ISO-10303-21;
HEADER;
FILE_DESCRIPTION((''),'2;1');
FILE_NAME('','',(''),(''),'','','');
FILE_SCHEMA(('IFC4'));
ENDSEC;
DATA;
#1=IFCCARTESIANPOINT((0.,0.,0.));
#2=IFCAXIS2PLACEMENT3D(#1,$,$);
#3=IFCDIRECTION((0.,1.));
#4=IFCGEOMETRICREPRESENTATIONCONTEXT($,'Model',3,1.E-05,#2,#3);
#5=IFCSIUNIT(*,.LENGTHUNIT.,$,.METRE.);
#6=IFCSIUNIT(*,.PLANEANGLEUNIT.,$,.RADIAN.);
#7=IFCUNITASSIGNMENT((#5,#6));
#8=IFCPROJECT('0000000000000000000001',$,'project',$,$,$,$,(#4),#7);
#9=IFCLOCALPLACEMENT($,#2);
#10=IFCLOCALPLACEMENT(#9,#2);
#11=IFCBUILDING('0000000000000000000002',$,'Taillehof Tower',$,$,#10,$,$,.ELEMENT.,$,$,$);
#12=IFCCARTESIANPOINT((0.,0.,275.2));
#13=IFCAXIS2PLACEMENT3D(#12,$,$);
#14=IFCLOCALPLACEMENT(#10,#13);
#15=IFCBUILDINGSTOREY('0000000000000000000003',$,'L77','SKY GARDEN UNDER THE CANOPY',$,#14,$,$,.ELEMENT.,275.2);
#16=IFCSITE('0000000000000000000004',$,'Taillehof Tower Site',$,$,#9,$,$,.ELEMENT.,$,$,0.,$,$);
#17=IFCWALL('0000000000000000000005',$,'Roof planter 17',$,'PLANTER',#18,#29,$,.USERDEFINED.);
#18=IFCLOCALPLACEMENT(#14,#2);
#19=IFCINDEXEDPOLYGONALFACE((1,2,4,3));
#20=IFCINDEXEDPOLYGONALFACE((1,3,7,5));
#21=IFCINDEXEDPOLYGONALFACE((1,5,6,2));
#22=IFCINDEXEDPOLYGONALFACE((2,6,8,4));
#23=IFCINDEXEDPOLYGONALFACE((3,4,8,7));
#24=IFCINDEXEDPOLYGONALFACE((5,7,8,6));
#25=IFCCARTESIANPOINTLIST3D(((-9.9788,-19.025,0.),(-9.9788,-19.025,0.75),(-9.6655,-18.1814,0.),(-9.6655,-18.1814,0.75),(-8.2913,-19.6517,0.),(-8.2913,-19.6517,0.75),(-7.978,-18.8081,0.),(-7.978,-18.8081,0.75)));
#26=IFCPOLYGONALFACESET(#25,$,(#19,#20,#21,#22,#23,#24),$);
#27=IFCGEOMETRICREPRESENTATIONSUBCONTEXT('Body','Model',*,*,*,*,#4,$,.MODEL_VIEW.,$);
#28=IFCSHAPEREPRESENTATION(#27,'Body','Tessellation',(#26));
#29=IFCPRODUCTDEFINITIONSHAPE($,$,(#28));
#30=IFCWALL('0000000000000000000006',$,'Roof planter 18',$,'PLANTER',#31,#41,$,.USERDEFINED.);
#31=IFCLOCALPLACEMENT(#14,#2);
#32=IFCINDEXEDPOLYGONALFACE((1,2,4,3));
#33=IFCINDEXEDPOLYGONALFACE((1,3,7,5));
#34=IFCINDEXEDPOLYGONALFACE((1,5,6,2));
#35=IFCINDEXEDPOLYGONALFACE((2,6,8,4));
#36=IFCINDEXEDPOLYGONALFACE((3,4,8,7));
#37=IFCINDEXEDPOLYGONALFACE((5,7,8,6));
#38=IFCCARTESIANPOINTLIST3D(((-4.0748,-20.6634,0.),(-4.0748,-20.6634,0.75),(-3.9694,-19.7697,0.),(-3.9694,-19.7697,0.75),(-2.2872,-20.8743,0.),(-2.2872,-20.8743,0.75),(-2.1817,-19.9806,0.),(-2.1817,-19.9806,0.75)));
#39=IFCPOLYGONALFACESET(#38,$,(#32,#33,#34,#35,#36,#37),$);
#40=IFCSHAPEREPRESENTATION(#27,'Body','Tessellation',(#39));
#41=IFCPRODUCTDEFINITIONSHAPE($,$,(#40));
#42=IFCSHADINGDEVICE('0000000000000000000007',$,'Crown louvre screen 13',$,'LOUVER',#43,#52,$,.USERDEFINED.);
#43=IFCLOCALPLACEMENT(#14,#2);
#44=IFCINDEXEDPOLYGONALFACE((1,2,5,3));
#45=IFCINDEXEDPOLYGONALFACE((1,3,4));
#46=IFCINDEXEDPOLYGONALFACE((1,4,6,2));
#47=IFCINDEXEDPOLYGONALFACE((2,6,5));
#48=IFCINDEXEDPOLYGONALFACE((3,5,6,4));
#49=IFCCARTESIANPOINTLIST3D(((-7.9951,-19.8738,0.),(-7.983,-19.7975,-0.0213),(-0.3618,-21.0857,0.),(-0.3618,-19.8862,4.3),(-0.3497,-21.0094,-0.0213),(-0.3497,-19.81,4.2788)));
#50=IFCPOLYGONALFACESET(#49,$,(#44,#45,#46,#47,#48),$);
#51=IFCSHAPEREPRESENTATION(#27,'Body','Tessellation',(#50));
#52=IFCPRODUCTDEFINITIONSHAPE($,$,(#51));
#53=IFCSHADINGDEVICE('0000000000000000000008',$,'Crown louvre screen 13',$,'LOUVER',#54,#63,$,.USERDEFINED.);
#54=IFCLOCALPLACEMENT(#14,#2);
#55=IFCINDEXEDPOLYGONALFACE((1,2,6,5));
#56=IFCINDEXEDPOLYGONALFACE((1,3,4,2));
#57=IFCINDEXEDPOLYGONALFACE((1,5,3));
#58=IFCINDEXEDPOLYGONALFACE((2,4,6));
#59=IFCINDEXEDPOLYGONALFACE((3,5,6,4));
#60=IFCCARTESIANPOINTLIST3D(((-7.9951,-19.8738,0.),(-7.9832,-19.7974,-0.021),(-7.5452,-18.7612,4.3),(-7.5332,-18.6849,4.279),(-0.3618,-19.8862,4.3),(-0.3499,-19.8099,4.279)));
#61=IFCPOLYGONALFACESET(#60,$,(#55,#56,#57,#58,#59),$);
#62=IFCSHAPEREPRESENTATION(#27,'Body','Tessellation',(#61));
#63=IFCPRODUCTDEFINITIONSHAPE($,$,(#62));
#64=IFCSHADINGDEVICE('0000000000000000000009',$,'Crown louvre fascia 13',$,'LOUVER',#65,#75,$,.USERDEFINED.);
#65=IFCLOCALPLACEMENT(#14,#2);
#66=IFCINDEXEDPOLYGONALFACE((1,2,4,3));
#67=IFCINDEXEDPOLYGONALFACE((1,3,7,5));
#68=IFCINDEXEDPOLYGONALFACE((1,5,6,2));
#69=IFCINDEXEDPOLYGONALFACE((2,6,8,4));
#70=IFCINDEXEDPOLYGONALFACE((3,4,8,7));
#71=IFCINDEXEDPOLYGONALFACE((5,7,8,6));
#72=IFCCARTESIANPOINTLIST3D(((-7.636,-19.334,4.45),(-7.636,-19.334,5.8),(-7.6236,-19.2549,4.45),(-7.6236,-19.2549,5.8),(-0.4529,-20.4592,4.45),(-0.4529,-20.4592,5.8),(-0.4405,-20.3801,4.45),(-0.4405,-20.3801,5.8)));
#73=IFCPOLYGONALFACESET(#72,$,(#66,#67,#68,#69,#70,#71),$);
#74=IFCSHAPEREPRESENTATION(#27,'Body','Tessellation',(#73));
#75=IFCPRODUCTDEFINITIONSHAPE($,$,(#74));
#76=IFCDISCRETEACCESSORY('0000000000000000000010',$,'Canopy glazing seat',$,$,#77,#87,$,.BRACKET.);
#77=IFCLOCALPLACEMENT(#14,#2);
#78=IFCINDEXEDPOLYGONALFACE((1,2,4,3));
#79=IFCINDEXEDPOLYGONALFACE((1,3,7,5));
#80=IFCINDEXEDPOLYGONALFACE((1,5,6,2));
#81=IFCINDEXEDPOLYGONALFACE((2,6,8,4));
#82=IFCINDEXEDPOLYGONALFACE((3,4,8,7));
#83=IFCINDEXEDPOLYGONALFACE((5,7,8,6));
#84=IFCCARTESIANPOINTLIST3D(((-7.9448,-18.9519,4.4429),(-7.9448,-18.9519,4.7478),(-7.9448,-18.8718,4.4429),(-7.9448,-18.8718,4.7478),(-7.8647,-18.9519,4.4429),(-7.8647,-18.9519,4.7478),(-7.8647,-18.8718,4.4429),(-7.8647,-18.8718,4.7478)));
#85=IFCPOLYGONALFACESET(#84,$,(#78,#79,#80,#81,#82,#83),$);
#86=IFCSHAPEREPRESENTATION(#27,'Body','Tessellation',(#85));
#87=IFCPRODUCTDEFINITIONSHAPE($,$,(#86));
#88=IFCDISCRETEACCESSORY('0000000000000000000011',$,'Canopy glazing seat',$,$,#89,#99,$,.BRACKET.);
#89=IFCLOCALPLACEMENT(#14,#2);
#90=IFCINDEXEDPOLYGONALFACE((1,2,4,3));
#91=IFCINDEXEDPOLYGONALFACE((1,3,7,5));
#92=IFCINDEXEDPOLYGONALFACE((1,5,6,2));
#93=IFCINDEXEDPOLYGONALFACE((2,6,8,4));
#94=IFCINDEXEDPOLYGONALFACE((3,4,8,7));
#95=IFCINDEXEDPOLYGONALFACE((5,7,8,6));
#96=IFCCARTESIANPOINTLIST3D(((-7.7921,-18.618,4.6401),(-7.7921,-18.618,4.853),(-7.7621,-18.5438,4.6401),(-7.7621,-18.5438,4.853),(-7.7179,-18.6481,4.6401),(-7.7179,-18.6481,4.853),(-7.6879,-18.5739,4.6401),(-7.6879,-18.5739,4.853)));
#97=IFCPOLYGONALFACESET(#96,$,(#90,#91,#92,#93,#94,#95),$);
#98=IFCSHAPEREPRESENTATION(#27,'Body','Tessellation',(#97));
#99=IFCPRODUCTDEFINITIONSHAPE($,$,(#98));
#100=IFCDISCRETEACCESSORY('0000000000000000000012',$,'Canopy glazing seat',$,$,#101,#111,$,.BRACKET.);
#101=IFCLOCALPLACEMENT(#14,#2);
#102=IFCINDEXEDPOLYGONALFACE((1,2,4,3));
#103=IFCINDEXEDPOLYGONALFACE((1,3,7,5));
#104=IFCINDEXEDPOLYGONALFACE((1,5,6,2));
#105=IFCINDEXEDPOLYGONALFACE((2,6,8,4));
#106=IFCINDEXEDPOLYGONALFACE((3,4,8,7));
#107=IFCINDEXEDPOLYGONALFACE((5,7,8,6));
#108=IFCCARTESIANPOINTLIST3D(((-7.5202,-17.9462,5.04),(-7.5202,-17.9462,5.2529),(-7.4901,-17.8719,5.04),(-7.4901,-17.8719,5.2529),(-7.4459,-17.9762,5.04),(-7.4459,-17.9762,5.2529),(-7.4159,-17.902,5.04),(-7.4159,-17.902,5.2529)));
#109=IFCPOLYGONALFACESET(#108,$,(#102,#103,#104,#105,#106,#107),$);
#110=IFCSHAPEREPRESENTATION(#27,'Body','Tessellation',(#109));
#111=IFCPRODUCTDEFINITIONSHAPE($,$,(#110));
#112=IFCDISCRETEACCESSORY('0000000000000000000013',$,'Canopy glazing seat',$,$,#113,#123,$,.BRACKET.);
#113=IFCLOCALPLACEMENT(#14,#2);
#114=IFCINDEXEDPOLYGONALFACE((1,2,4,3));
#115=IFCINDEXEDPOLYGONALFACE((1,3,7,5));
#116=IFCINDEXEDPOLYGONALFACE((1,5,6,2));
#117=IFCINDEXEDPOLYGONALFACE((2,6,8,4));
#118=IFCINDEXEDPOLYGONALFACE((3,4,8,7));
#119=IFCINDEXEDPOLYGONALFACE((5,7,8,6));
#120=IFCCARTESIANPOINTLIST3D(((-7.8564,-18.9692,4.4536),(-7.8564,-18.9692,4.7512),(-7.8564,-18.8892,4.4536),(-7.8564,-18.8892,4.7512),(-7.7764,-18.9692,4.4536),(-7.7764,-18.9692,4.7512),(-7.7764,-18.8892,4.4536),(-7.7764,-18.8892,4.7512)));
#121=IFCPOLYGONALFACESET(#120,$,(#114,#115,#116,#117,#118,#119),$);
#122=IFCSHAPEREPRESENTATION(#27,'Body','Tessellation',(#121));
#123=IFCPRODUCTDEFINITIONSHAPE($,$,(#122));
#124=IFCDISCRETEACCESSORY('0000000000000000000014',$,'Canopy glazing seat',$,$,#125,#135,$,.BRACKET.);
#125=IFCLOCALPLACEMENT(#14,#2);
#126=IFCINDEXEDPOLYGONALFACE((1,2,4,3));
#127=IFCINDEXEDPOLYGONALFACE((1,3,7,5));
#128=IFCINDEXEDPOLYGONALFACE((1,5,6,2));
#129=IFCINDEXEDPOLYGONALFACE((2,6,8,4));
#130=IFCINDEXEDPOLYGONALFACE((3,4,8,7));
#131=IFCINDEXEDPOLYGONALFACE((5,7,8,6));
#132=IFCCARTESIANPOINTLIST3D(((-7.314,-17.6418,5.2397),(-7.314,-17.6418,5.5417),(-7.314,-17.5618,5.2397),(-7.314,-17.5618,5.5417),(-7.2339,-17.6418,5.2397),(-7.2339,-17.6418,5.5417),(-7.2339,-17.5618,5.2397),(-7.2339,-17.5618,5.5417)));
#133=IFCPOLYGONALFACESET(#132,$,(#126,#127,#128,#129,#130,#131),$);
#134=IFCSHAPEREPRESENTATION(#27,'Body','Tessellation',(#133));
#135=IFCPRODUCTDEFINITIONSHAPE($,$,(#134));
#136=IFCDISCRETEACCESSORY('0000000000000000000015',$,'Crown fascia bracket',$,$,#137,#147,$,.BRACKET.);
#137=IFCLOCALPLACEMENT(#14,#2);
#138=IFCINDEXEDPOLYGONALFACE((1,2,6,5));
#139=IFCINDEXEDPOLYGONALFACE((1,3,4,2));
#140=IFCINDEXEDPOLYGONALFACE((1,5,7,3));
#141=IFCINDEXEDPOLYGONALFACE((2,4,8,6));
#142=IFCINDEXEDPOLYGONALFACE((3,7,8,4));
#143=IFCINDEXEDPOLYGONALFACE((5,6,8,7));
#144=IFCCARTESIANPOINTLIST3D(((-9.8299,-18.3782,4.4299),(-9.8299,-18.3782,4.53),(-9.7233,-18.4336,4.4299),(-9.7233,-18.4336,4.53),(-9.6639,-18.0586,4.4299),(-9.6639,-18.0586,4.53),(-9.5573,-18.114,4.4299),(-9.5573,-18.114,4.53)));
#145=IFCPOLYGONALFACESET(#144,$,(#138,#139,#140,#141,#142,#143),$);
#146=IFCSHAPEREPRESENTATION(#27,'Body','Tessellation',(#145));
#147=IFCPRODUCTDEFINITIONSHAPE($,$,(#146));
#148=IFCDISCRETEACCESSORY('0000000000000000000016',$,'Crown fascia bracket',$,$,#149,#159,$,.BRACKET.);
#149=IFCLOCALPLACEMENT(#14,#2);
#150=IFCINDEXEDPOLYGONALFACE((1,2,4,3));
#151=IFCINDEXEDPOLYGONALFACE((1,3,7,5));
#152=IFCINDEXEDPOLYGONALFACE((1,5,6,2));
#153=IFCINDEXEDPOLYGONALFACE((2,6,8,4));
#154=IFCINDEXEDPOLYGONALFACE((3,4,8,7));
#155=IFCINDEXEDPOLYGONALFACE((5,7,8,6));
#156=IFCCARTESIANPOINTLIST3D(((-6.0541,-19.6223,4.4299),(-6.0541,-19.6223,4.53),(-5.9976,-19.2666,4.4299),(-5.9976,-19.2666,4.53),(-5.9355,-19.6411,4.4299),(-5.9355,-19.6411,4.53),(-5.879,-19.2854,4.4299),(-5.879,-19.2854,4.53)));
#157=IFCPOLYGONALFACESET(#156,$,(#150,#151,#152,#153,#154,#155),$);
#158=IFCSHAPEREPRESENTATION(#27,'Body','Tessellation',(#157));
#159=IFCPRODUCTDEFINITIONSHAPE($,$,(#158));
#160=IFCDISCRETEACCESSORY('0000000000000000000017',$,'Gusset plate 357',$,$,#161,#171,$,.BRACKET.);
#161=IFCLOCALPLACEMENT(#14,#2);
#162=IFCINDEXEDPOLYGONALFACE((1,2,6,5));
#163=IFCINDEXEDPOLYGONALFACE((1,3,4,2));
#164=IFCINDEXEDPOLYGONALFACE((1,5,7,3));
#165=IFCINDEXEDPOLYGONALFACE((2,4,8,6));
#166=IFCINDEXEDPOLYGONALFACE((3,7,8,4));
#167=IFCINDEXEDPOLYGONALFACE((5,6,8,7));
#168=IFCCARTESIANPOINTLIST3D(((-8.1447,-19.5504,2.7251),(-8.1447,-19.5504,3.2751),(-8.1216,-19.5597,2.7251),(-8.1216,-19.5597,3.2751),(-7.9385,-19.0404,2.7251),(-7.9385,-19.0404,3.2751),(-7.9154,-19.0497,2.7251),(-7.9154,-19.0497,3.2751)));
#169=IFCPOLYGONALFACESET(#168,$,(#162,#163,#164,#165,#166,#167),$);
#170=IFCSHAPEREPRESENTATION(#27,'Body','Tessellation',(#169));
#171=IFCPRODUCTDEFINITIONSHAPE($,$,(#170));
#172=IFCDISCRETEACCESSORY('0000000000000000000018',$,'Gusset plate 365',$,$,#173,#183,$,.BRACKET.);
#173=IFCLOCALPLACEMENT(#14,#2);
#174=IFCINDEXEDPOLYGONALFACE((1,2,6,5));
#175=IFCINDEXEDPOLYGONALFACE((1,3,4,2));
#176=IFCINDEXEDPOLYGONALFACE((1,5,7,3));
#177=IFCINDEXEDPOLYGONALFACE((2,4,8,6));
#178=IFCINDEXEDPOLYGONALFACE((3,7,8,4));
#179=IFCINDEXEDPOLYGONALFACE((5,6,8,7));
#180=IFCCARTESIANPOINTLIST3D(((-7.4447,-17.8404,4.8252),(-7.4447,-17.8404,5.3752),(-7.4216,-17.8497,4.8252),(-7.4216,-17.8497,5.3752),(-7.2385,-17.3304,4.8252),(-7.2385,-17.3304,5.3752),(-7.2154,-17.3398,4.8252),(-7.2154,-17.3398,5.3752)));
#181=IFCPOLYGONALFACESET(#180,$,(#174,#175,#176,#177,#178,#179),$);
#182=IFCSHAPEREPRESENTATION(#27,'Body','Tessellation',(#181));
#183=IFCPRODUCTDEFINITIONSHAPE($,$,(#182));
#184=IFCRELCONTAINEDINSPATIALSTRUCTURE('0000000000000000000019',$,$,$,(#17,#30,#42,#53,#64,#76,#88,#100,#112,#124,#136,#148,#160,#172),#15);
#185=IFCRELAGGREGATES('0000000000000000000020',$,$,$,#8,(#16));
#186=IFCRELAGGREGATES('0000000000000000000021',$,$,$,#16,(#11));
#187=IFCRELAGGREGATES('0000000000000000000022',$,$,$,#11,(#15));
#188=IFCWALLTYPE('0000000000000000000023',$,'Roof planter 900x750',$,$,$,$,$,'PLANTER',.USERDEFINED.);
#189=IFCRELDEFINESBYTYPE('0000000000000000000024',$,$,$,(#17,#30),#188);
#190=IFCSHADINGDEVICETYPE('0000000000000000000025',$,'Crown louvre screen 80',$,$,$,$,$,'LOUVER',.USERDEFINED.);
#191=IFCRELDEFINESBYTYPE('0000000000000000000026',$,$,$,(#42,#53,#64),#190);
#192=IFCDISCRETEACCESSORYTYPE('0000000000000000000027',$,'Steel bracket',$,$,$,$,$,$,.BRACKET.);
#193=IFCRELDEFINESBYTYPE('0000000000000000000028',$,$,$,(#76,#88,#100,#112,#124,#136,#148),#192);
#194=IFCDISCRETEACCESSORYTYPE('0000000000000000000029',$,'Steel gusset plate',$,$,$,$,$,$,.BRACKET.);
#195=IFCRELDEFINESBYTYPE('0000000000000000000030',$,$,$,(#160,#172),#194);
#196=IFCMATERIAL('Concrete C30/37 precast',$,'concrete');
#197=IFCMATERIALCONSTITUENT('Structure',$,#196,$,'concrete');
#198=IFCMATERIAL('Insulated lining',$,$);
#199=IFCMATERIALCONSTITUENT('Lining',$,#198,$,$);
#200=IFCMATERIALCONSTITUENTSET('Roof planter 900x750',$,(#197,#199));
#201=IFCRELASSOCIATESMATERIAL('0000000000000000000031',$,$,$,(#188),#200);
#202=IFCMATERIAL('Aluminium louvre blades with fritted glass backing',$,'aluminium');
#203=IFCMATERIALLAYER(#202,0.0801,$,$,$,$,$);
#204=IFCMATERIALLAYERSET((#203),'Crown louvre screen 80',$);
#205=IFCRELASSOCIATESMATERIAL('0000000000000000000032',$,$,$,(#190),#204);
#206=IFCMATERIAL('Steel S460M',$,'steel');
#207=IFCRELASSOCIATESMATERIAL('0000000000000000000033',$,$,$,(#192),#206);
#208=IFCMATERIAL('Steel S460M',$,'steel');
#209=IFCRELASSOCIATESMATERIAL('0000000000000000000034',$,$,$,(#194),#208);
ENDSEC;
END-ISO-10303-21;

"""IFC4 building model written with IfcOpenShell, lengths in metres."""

from ifc_helpers import new_model, si_unit, direction, frame, frame_2d, origin, origin_2d, place, context, subcontext, project, spatial, polyline, rectangle, outline, extrude, material, layer, layer_set, constituent, constituent_set, type_object, element, save


model = new_model("IFC4")

# Units and contexts
model_context = context("Model", 3, precision=1e-05, world=origin(), true_north=direction((0.0, 1.0)))
body_context = subcontext(model_context, "Body", "Model", "MODEL_VIEW")
ifc_project = project(units=[si_unit("LENGTHUNIT", "METRE"), si_unit("PLANEANGLEUNIT", "RADIAN")], contexts=[model_context])

# Site, building, storey
site_placement = place(None, origin())
site = spatial("IfcSite", under=ifc_project, at=site_placement, Name="Taillehof Tower Site", CompositionType="ELEMENT", RefElevation=0.0)
building_placement = place(site_placement, origin())
building = spatial("IfcBuilding", under=site, at=building_placement, Name="Taillehof Tower", CompositionType="ELEMENT")
storey_placement = place(building_placement, frame((0.0, 0.0, 275.2)))
storey = spatial("IfcBuildingStorey", under=building, at=storey_placement, Name="L77", Description="SKY GARDEN UNDER THE CANOPY", CompositionType="ELEMENT", Elevation=275.2)

# Walls
ifc_material_1 = material(Name="Concrete C30/37 precast", Category="concrete")
ifc_constituent_1 = constituent(ifc_material_1, Name="Structure", Category="concrete")
ifc_material_2 = material(Name="Insulated lining")
ifc_constituent_2 = constituent(ifc_material_2, Name="Lining")
ifc_constituent_set_1 = constituent_set(constituents=[ifc_constituent_1, ifc_constituent_2], Name="Roof planter 900x750")
wall_type_1 = type_object("IfcWallType", Name="Roof planter 900x750", ElementType="PLANTER", PredefinedType="USERDEFINED", material=ifc_constituent_set_1)
for number, where, z_axis, x_axis, name in (
    (1, (-9.822, -18.6033, 0.0), (0.0, 0.0, 1.0), (0.937439, -0.348149, 0.0), "Roof planter 17"),
    (2, (-4.022, -20.2166, 0.0), (0.0, 0.0, 1.0), (0.99311, -0.117187, 0.0), "Roof planter 18"),
):
    element("IfcWall", number, at=place(storey_placement, frame(where, z_axis=z_axis, x_axis=x_axis)), inside=storey, type_object=wall_type_1, Name=name, ObjectType="PLANTER", PredefinedType="USERDEFINED", context=body_context, shape_type="SweptSolid", body=[
        extrude(rectangle(XDim=1.8, YDim=0.8999, at=frame_2d((0.8999, 0.0))), origin(), (0.0, 0.0, 1.0), 0.75),
    ])

# Shading devices
ifc_material_3 = material(Name="Aluminium louvre blades with fritted glass backing", Category="aluminium")
ifc_layer_1 = layer(ifc_material_3, 0.0801)
ifc_layer_set_1 = layer_set([ifc_layer_1], Name="Crown louvre screen 80")
shading_device_type = type_object("IfcShadingDeviceType", Name="Crown louvre screen 80", ElementType="LOUVER", PredefinedType="USERDEFINED", material=ifc_layer_set_1)
shading_device_1_placement = place(storey_placement, frame((-7.9951, -19.8738, 0.0), z_axis=(-0.151171, -0.952158, 0.265597), x_axis=(0.98763, -0.156803, 0.0)))
element("IfcShadingDevice", 3, at=shading_device_1_placement, inside=storey, type_object=shading_device_type, Name="Crown louvre screen 13", ObjectType="LOUVER", PredefinedType="USERDEFINED", context=body_context, shape_type="SweptSolid", body=[
    extrude(outline(polyline([(0.0, 0.0), (7.7289, 0.0), (7.5408, 4.4602), (0.0, 0.0)])), origin(), (0.0, 0.0, -1.0), 0.0801),
])
shading_device_2_placement = place(storey_placement, frame((-7.9951, -19.8738, 0.0), z_axis=(-0.149309, -0.953369, 0.262288), x_axis=(0.871266, -0.001421, 0.490808)))
element("IfcShadingDevice", 4, at=shading_device_2_placement, inside=storey, type_object=shading_device_type, Name="Crown louvre screen 13", ObjectType="LOUVER", PredefinedType="USERDEFINED", context=body_context, shape_type="SweptSolid", body=[
    extrude(outline(polyline([(0.0, 0.0), (8.7612, 0.0), (2.5009, 3.6981), (0.0, 0.0)])), origin(), (0.0, 0.0, -1.0), 0.0801),
])
shading_device_3_placement = place(storey_placement, frame((-7.636, -19.334, 4.45), z_axis=(-0.154764, -0.987951, 0.0), x_axis=(0.987951, -0.154764, 0.0)))
element("IfcShadingDevice", 5, at=shading_device_3_placement, inside=storey, type_object=shading_device_type, Name="Crown louvre fascia 13", ObjectType="LOUVER", PredefinedType="USERDEFINED", context=body_context, shape_type="SweptSolid", body=[
    extrude(outline(polyline([(0.0, 0.0), (7.2707, 0.0), (7.2707, 1.3501), (0.0, 1.3501), (0.0, 0.0)])), origin(), (0.0, 0.0, -1.0), 0.0801),
])

# Discrete accessories
ifc_material_4 = material(Name="Steel S460M", Category="steel")
discrete_accessory_type_1 = type_object("IfcDiscreteAccessoryType", Name="Steel bracket", PredefinedType="BRACKET", material=ifc_material_4)
discrete_accessory_1_placement = place(storey_placement, frame((-7.9048, -18.9119, 4.4429), z_axis=(0.0, 0.0, 1.0), x_axis=(1.0, 0.0, 0.0)))
element("IfcDiscreteAccessory", 6, at=discrete_accessory_1_placement, inside=storey, type_object=discrete_accessory_type_1, Name="Canopy glazing seat", PredefinedType="BRACKET", context=body_context, shape_type="SweptSolid", body=[
    extrude(rectangle(XDim=0.0801, YDim=0.0801, at=origin_2d()), origin(), (0.0, 0.0, 1.0), 0.3049),
])
for number, where, z_axis, x_axis, name in (
    (7, (-7.74, -18.5959, 4.6401), (0.0, 0.0, 1.0), (0.375192, 0.926947, 0.0), "Canopy glazing seat"),
    (8, (-7.468, -17.9241, 5.04), (0.0, 0.0, 1.0), (0.375192, 0.926947, 0.0), "Canopy glazing seat"),
):
    element("IfcDiscreteAccessory", number, at=place(storey_placement, frame(where, z_axis=z_axis, x_axis=x_axis)), inside=storey, type_object=discrete_accessory_type_1, Name=name, PredefinedType="BRACKET", context=body_context, shape_type="SweptSolid", body=[
        extrude(rectangle(XDim=0.0801, YDim=0.0801, at=origin_2d()), origin(), (0.0, 0.0, 1.0), 0.2129),
    ])
discrete_accessory_2_placement = place(storey_placement, frame((-7.8164, -18.9292, 4.4536), z_axis=(0.0, 0.0, 1.0), x_axis=(1.0, 0.0, 0.0)))
element("IfcDiscreteAccessory", 9, at=discrete_accessory_2_placement, inside=storey, type_object=discrete_accessory_type_1, Name="Canopy glazing seat", PredefinedType="BRACKET", context=body_context, shape_type="SweptSolid", body=[
    extrude(rectangle(XDim=0.0801, YDim=0.0801, at=origin_2d()), origin(), (0.0, 0.0, 1.0), 0.2976),
])
discrete_accessory_3_placement = place(storey_placement, frame((-7.2739, -17.6018, 5.2397), z_axis=(0.0, 0.0, 1.0), x_axis=(1.0, 0.0, 0.0)))
element("IfcDiscreteAccessory", 10, at=discrete_accessory_3_placement, inside=storey, type_object=discrete_accessory_type_1, Name="Canopy glazing seat", PredefinedType="BRACKET", context=body_context, shape_type="SweptSolid", body=[
    extrude(rectangle(XDim=0.0801, YDim=0.0801, at=origin_2d()), origin(), (0.0, 0.0, 1.0), 0.302),
])
for number, where, z_axis, x_axis, name in (
    (11, (-9.6936, -18.2461, 4.4299), (0.0, 0.0, 1.0), (-0.461145, -0.887325, 0.0), "Crown fascia bracket"),
    (12, (-5.9666, -19.4539, 4.4299), (0.0, 0.0, 1.0), (-0.156802, -0.98763, 0.0), "Crown fascia bracket"),
):
    element("IfcDiscreteAccessory", number, at=place(storey_placement, frame(where, z_axis=z_axis, x_axis=x_axis)), inside=storey, type_object=discrete_accessory_type_1, Name=name, PredefinedType="BRACKET", context=body_context, shape_type="SweptSolid", body=[
        extrude(rectangle(XDim=0.3601, YDim=0.1201, at=origin_2d()), origin(), (0.0, 0.0, 1.0), 0.1001),
    ])
ifc_material_5 = material(Name="Steel S460M", Category="steel")
discrete_accessory_type_2 = type_object("IfcDiscreteAccessoryType", Name="Steel gusset plate", PredefinedType="BRACKET", material=ifc_material_5)
for number, where, z_axis, x_axis, name in (
    (13, (-8.03, -19.3, 2.7251), (0.0, 0.0, 1.0), (0.37484, 0.92709, 0.0), "Gusset plate 357"),
    (14, (-7.3301, -17.5901, 4.8252), (0.0, 0.0, 1.0), (0.37484, 0.92709, 0.0), "Gusset plate 365"),
):
    element("IfcDiscreteAccessory", number, at=place(storey_placement, frame(where, z_axis=z_axis, x_axis=x_axis)), inside=storey, type_object=discrete_accessory_type_2, Name=name, PredefinedType="BRACKET", context=body_context, shape_type="SweptSolid", body=[
        extrude(rectangle(XDim=0.55, YDim=0.0249, at=origin_2d()), origin(), (0.0, 0.0, 1.0), 0.55),
    ])

save(model, "model.ifc")
